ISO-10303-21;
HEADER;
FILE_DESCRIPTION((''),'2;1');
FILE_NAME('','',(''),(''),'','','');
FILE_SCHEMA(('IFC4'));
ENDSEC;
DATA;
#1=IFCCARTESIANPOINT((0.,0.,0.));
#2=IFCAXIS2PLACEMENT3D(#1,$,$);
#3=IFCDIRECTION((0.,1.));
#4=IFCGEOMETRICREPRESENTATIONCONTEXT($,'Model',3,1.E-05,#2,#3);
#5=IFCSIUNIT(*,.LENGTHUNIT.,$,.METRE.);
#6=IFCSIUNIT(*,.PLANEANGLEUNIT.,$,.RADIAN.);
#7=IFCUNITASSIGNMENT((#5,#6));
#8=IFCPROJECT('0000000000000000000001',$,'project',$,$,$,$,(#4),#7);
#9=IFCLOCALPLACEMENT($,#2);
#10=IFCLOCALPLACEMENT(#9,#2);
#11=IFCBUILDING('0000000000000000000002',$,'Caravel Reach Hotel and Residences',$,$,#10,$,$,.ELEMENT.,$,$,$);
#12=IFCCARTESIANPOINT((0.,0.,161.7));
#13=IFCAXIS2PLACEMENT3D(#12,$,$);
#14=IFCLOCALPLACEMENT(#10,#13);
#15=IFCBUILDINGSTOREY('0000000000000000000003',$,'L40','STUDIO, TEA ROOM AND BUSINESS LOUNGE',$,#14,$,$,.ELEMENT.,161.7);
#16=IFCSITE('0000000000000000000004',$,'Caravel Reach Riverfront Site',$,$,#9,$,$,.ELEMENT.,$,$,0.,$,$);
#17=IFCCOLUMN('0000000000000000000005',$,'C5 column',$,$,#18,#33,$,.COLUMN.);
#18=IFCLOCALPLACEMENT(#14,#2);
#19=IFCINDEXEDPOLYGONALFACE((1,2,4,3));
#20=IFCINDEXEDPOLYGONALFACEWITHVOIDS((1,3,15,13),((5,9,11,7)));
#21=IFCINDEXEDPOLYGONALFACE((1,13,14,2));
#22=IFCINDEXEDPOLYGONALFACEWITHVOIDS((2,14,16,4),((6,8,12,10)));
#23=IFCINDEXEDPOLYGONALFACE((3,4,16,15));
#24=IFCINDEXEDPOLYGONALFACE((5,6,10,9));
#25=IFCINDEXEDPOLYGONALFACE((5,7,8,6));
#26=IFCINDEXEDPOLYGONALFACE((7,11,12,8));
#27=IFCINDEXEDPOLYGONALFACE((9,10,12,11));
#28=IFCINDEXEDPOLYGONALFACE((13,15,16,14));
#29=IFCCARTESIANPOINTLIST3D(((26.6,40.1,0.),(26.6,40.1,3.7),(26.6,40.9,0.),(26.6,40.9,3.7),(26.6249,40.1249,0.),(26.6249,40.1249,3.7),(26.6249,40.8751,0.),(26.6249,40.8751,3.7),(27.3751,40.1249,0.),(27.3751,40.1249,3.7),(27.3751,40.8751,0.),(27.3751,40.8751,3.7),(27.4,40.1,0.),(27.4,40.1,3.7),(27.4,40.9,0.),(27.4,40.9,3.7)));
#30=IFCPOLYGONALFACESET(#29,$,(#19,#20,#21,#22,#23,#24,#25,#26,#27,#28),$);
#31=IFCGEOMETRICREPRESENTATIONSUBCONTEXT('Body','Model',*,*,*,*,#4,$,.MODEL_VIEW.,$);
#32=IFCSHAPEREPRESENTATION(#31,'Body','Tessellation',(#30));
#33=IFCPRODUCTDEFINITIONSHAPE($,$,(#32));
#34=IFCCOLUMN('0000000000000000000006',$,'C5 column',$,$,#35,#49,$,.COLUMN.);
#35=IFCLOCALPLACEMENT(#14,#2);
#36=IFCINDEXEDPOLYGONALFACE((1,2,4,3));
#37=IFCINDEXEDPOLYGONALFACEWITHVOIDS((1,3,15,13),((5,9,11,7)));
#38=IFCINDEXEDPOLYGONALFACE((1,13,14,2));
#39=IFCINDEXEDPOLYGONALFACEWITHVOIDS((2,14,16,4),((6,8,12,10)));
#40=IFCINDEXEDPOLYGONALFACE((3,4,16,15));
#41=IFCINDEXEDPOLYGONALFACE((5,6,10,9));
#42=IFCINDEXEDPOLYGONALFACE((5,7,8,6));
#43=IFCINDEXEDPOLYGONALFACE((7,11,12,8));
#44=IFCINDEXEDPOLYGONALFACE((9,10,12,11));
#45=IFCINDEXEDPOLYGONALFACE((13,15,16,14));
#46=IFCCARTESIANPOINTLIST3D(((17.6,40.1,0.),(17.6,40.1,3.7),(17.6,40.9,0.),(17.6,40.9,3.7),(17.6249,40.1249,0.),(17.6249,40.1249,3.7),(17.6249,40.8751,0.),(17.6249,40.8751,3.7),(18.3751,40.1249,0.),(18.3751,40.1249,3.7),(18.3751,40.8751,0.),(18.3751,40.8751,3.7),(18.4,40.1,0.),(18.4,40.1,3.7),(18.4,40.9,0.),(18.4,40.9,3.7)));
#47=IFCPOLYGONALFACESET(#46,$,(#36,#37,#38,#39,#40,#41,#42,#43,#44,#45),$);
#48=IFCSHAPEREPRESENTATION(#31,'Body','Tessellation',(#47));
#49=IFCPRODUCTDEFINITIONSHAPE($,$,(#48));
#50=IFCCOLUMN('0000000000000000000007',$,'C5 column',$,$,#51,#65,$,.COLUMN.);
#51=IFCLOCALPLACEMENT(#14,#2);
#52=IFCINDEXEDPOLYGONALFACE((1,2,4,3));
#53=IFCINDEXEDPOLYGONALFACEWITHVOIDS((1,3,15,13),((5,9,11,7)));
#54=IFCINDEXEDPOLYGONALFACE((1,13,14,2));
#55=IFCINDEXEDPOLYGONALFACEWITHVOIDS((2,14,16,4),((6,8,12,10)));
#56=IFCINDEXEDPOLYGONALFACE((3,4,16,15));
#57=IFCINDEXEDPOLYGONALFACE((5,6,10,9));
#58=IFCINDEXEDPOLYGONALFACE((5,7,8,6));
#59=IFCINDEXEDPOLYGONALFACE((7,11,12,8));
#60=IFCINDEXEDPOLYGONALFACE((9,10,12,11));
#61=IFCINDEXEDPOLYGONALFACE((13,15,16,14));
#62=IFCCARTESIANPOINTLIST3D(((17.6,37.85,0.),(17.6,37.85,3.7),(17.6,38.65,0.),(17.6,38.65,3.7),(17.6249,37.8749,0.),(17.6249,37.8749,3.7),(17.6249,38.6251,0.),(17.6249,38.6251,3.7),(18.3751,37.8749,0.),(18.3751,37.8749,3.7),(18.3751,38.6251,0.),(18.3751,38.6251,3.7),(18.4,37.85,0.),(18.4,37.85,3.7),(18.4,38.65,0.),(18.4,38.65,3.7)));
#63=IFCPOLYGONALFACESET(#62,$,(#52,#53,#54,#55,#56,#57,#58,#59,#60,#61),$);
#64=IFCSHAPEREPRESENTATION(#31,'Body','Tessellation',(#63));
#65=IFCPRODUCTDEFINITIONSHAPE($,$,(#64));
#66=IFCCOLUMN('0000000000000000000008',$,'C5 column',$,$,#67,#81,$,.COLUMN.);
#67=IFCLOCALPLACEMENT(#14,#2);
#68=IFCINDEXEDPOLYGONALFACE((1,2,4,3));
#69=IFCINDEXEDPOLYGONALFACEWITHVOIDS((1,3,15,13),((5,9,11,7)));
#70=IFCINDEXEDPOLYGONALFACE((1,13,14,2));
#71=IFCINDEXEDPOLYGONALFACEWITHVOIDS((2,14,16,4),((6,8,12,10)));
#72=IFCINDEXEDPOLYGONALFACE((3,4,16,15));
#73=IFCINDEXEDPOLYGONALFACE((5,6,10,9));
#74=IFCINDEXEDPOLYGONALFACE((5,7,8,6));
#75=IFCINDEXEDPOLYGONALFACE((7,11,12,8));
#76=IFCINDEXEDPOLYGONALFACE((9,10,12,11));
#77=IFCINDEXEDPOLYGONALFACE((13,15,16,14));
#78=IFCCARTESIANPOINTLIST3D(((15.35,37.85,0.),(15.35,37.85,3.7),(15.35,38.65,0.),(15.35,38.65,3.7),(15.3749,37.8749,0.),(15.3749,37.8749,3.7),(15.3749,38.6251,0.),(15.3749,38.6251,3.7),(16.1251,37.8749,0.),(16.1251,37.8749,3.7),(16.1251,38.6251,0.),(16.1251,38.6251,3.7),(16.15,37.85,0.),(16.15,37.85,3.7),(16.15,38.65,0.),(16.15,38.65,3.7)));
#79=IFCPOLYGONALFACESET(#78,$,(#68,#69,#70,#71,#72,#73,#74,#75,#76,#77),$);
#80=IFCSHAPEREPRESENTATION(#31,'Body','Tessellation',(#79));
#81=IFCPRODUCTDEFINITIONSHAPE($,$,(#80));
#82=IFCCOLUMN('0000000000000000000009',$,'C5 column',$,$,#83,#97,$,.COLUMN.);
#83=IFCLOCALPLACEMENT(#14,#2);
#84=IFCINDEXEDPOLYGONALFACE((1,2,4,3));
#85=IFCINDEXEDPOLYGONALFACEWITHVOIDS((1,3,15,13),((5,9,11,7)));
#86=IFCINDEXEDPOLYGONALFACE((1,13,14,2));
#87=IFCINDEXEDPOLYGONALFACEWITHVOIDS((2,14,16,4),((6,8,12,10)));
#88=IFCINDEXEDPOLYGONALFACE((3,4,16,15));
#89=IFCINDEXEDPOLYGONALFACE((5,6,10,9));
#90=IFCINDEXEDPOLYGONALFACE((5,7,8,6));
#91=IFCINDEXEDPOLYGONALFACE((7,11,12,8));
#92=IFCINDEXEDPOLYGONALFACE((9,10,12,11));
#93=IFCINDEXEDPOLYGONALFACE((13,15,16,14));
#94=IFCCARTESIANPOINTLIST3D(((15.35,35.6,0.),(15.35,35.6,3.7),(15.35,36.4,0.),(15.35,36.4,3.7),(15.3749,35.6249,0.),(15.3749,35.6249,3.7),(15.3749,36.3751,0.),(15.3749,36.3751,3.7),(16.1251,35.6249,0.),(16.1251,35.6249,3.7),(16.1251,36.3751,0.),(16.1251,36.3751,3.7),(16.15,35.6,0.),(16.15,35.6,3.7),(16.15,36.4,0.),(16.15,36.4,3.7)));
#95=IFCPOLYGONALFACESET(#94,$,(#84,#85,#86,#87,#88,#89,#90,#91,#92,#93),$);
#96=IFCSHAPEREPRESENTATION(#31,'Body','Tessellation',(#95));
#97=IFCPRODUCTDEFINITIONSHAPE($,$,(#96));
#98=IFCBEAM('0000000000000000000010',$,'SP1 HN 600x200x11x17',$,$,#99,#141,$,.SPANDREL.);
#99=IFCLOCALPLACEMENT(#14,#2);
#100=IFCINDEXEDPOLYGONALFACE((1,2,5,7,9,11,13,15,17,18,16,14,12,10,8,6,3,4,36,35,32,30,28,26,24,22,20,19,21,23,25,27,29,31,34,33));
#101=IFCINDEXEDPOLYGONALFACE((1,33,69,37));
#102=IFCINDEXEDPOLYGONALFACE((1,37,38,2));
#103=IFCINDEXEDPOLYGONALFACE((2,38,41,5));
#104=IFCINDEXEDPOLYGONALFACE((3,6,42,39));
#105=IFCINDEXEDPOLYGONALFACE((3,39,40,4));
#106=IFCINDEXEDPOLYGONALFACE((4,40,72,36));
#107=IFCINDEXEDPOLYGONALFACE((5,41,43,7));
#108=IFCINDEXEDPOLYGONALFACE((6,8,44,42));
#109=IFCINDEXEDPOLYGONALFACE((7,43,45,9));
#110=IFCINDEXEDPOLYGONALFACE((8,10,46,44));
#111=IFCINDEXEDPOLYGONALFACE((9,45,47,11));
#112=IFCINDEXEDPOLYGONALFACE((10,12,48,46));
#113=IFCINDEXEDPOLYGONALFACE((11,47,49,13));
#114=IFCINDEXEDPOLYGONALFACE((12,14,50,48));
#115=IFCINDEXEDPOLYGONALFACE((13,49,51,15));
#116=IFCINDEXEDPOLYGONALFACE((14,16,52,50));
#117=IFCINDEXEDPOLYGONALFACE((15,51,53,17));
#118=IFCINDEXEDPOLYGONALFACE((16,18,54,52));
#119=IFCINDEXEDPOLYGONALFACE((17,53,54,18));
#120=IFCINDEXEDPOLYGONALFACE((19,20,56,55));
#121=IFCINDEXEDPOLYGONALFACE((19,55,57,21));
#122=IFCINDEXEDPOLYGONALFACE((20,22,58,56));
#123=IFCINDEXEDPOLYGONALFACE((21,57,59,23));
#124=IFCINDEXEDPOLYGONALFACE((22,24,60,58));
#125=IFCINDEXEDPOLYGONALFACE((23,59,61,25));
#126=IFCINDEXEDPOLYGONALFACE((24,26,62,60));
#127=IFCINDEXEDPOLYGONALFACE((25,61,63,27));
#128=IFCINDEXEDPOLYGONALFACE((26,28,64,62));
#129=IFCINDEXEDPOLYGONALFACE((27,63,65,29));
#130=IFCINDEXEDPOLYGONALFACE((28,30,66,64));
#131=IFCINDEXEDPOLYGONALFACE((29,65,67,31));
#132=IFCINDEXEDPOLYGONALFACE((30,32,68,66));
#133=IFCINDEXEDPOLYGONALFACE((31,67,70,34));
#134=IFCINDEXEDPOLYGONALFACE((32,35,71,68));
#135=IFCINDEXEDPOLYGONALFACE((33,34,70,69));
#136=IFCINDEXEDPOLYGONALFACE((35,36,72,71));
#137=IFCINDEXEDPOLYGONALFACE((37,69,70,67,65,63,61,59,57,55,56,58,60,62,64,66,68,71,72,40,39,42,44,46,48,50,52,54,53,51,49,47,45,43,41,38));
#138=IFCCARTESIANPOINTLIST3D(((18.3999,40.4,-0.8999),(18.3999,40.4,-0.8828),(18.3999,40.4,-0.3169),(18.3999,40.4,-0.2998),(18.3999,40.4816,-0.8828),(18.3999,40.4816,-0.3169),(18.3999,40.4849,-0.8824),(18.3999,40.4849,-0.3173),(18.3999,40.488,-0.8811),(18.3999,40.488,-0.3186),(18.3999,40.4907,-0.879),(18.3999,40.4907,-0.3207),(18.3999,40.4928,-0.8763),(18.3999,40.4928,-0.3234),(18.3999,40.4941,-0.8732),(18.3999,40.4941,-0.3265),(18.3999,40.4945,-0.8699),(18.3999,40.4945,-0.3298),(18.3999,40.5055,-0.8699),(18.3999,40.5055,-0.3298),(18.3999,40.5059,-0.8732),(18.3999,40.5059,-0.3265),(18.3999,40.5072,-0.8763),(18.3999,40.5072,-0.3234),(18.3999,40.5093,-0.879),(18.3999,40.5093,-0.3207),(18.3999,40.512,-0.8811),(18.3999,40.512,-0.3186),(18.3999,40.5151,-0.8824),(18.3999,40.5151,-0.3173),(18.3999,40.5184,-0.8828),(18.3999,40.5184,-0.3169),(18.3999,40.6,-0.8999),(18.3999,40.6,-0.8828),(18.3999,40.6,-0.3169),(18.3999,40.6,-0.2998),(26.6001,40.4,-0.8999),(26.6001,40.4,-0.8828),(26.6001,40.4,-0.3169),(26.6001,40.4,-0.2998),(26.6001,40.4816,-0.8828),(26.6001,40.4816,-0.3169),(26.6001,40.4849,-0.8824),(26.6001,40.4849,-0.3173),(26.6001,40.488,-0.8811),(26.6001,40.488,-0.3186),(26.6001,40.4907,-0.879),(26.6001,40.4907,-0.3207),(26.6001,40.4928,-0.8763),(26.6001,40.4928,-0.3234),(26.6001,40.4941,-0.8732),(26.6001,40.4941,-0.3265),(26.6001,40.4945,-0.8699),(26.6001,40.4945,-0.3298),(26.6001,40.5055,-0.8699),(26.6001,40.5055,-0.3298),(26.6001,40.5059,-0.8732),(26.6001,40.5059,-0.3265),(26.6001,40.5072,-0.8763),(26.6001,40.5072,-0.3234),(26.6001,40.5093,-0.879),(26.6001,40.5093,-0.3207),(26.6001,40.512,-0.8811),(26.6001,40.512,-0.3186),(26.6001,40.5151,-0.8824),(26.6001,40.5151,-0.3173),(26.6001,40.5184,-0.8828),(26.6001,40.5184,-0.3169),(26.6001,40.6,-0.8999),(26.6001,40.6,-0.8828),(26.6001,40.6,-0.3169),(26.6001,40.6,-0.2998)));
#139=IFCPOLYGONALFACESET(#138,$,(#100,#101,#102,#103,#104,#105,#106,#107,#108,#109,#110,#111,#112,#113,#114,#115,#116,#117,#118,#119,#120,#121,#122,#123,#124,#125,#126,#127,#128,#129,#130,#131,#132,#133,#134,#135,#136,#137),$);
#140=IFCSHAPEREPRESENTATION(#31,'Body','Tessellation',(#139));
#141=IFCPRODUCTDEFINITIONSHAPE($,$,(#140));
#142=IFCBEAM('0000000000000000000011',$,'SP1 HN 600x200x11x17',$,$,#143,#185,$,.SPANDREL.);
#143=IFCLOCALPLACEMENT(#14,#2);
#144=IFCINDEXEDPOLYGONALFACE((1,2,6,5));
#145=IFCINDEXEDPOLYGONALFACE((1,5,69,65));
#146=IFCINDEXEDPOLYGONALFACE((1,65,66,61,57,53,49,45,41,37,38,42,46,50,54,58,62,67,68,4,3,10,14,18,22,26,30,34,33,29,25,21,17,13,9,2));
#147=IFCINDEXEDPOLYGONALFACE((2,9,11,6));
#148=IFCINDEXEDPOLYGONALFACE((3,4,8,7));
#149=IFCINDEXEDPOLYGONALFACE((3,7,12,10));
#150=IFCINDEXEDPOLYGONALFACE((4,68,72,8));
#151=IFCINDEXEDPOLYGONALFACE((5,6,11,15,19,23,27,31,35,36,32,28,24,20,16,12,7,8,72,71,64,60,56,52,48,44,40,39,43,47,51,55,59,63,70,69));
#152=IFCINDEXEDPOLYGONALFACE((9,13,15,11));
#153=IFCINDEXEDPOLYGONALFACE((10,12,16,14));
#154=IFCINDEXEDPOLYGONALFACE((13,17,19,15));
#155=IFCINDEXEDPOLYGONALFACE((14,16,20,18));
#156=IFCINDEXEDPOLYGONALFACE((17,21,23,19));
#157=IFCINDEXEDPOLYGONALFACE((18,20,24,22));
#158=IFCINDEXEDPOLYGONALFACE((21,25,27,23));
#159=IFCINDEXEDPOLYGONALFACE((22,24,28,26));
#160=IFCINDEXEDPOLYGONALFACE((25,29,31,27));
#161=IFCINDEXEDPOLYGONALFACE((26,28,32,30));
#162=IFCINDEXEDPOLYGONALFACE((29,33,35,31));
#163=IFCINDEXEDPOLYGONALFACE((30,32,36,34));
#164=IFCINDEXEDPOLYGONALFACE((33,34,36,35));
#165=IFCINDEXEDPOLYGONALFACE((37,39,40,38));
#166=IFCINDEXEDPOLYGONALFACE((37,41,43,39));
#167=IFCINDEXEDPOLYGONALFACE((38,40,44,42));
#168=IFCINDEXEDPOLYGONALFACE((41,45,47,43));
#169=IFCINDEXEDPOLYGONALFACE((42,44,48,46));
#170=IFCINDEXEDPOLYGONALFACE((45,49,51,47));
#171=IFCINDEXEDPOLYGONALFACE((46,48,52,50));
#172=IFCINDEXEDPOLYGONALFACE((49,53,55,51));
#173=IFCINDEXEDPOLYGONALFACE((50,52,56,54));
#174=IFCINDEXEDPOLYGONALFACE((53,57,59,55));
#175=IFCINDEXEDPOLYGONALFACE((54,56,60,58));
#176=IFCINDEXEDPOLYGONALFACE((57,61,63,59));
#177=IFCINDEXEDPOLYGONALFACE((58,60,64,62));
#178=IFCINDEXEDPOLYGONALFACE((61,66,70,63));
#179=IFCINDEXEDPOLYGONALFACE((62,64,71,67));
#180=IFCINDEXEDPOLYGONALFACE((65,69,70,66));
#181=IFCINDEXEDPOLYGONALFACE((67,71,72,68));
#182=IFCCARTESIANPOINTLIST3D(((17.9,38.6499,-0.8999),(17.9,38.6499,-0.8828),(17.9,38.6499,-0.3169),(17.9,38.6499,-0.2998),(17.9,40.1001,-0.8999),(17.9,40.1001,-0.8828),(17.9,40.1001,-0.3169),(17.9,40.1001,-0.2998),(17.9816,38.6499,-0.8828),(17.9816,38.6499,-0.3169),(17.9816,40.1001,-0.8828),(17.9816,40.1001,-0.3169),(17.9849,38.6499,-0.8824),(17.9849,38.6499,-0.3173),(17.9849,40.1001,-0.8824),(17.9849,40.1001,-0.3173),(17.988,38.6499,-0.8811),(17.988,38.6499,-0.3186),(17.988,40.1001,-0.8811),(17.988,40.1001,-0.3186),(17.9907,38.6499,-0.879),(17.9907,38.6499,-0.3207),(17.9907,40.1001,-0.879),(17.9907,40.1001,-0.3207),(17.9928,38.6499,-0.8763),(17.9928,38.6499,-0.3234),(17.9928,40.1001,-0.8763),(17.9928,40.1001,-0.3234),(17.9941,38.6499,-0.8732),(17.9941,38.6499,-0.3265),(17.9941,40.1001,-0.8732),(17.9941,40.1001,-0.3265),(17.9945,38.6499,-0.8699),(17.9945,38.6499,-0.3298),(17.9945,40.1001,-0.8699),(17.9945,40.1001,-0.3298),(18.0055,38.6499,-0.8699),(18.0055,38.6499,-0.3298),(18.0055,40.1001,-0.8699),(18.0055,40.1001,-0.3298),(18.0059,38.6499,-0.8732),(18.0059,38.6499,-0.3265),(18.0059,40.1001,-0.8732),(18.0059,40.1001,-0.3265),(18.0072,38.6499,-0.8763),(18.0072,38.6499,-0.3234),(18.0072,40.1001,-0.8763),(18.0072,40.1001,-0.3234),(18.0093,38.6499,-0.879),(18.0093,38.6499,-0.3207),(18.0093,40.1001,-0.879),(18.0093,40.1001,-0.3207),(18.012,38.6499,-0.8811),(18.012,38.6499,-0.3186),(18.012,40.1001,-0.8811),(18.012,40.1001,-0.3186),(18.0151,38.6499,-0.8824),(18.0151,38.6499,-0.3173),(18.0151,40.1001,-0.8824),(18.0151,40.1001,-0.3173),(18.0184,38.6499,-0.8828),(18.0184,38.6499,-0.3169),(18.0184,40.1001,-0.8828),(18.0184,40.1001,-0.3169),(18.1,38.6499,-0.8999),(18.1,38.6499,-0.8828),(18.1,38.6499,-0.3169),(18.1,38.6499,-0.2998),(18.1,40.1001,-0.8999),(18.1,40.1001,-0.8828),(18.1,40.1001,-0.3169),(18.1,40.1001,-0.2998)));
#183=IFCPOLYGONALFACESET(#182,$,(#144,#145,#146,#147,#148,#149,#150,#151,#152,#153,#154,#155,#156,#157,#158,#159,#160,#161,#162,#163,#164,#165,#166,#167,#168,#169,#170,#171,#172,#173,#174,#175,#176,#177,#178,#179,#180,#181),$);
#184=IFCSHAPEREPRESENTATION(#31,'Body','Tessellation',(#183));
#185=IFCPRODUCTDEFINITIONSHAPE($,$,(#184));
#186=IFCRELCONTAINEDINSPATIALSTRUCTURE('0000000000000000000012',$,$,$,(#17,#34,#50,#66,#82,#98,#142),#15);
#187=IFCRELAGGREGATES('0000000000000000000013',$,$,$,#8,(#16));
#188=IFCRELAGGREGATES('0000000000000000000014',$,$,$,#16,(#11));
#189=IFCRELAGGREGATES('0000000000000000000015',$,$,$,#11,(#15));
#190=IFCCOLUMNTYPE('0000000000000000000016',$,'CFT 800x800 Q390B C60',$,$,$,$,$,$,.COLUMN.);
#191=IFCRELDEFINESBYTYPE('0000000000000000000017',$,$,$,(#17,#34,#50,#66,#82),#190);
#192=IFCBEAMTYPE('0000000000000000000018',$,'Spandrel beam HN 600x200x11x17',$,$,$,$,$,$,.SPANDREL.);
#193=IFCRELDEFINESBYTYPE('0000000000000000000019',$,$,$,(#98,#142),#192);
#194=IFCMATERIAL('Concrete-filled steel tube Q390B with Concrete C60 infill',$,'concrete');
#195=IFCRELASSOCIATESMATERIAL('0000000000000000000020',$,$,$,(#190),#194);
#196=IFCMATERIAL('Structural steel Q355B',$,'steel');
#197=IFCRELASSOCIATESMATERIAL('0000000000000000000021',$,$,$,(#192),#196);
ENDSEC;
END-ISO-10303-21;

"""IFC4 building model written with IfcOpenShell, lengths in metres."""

from ifc_helpers import new_model, si_unit, direction, frame, origin, origin_2d, place, context, subcontext, project, spatial, hollow_rectangle, i_section, extrude, material, material_profile, profile_set, type_object, element, save


model = new_model("IFC4")

# Units and contexts
model_context = context("Model", 3, precision=1e-05, world=origin(), true_north=direction((0.0, 1.0)))
body_context = subcontext(model_context, "Body", "Model", "MODEL_VIEW")
ifc_project = project(units=[si_unit("LENGTHUNIT", "METRE"), si_unit("PLANEANGLEUNIT", "RADIAN")], contexts=[model_context])

# Site, building, storey
site_placement = place(None, origin())
site = spatial("IfcSite", under=ifc_project, at=site_placement, Name="Caravel Reach Riverfront Site", CompositionType="ELEMENT", RefElevation=0.0)
building_placement = place(site_placement, origin())
building = spatial("IfcBuilding", under=site, at=building_placement, Name="Caravel Reach Hotel and Residences", CompositionType="ELEMENT")
storey_placement = place(building_placement, frame((0.0, 0.0, 161.7)))
storey = spatial("IfcBuildingStorey", under=building, at=storey_placement, Name="L40", Description="STUDIO, TEA ROOM AND BUSINESS LOUNGE", CompositionType="ELEMENT", Elevation=161.7)

# Columns
ifc_material_1 = material(Name="Concrete-filled steel tube Q390B with Concrete C60 infill", Category="concrete")
ifc_material_profile_1 = material_profile(ifc_material_1, hollow_rectangle(XDim=0.8, YDim=0.8, WallThickness=0.0249, at=origin_2d()), Name="RHS 800x800x25")
ifc_profile_set_1 = profile_set([ifc_material_profile_1], Name="Concrete-filled steel tube Q390B with Concrete C60 infill")
column_type = type_object("IfcColumnType", Name="CFT 800x800 Q390B C60", PredefinedType="COLUMN", material=ifc_profile_set_1)
for number, where, z_axis, x_axis, name in (
    (1, (27.0, 40.5, 0.0), (0.0, 0.0, 1.0), (1.0, 0.0, 0.0), "C5 column"),
    (2, (18.0, 40.5, 0.0), (0.0, 0.0, 1.0), (1.0, 0.0, 0.0), "C5 column"),
    (3, (18.0, 38.25, 0.0), (0.0, 0.0, 1.0), (1.0, 0.0, 0.0), "C5 column"),
    (4, (15.75, 38.25, 0.0), (0.0, 0.0, 1.0), (1.0, 0.0, 0.0), "C5 column"),
    (5, (15.75, 36.0, 0.0), (0.0, 0.0, 1.0), (1.0, 0.0, 0.0), "C5 column"),
):
    element("IfcColumn", number, at=place(storey_placement, frame(where, z_axis=z_axis, x_axis=x_axis)), inside=storey, type_object=column_type, Name=name, PredefinedType="COLUMN", context=body_context, shape_type="SweptSolid", body=[
        extrude(hollow_rectangle(XDim=0.8, YDim=0.8, WallThickness=0.0249, at=origin_2d()), origin(), (0.0, 0.0, 1.0), 3.7),
    ])

# Beams
ifc_material_2 = material(Name="Structural steel Q355B", Category="steel")
ifc_material_profile_2 = material_profile(ifc_material_2, i_section(OverallWidth=0.2, OverallDepth=0.6001, WebThickness=0.011, FlangeThickness=0.0171, FilletRadius=0.0129, at=origin_2d()), Name="HN 600x200x11x17")
ifc_profile_set_2 = profile_set([ifc_material_profile_2], Name="Structural steel Q355B")
beam_type = type_object("IfcBeamType", Name="Spandrel beam HN 600x200x11x17", PredefinedType="SPANDREL", material=ifc_profile_set_2)
beam_placement = place(storey_placement, frame((26.6001, 40.5, -0.5999), z_axis=(-1.0, 0.0, 0.0), x_axis=(0.0, -1.0, 0.0)))
element("IfcBeam", 6, at=beam_placement, inside=storey, type_object=beam_type, Name="SP1 HN 600x200x11x17", PredefinedType="SPANDREL", context=body_context, shape_type="SweptSolid", body=[
    extrude(i_section(OverallWidth=0.2, OverallDepth=0.6001, WebThickness=0.011, FlangeThickness=0.0171, FilletRadius=0.0129, at=origin_2d()), origin(), (0.0, 0.0, 1.0), 8.2002),
])
for number, where, z_axis, x_axis, name in (
    (7, (18.0, 40.1001, -0.5999), (0.0, -1.0, 0.0), (1.0, 0.0, 0.0), "SP1 HN 600x200x11x17"),
):
    element("IfcBeam", number, at=place(storey_placement, frame(where, z_axis=z_axis, x_axis=x_axis)), inside=storey, type_object=beam_type, Name=name, PredefinedType="SPANDREL", context=body_context, shape_type="SweptSolid", body=[
        extrude(i_section(OverallWidth=0.2, OverallDepth=0.6001, WebThickness=0.011, FlangeThickness=0.0171, FilletRadius=0.0129, at=origin_2d()), origin(), (0.0, 0.0, 1.0), 1.4502),
    ])

save(model, "model.ifc")
